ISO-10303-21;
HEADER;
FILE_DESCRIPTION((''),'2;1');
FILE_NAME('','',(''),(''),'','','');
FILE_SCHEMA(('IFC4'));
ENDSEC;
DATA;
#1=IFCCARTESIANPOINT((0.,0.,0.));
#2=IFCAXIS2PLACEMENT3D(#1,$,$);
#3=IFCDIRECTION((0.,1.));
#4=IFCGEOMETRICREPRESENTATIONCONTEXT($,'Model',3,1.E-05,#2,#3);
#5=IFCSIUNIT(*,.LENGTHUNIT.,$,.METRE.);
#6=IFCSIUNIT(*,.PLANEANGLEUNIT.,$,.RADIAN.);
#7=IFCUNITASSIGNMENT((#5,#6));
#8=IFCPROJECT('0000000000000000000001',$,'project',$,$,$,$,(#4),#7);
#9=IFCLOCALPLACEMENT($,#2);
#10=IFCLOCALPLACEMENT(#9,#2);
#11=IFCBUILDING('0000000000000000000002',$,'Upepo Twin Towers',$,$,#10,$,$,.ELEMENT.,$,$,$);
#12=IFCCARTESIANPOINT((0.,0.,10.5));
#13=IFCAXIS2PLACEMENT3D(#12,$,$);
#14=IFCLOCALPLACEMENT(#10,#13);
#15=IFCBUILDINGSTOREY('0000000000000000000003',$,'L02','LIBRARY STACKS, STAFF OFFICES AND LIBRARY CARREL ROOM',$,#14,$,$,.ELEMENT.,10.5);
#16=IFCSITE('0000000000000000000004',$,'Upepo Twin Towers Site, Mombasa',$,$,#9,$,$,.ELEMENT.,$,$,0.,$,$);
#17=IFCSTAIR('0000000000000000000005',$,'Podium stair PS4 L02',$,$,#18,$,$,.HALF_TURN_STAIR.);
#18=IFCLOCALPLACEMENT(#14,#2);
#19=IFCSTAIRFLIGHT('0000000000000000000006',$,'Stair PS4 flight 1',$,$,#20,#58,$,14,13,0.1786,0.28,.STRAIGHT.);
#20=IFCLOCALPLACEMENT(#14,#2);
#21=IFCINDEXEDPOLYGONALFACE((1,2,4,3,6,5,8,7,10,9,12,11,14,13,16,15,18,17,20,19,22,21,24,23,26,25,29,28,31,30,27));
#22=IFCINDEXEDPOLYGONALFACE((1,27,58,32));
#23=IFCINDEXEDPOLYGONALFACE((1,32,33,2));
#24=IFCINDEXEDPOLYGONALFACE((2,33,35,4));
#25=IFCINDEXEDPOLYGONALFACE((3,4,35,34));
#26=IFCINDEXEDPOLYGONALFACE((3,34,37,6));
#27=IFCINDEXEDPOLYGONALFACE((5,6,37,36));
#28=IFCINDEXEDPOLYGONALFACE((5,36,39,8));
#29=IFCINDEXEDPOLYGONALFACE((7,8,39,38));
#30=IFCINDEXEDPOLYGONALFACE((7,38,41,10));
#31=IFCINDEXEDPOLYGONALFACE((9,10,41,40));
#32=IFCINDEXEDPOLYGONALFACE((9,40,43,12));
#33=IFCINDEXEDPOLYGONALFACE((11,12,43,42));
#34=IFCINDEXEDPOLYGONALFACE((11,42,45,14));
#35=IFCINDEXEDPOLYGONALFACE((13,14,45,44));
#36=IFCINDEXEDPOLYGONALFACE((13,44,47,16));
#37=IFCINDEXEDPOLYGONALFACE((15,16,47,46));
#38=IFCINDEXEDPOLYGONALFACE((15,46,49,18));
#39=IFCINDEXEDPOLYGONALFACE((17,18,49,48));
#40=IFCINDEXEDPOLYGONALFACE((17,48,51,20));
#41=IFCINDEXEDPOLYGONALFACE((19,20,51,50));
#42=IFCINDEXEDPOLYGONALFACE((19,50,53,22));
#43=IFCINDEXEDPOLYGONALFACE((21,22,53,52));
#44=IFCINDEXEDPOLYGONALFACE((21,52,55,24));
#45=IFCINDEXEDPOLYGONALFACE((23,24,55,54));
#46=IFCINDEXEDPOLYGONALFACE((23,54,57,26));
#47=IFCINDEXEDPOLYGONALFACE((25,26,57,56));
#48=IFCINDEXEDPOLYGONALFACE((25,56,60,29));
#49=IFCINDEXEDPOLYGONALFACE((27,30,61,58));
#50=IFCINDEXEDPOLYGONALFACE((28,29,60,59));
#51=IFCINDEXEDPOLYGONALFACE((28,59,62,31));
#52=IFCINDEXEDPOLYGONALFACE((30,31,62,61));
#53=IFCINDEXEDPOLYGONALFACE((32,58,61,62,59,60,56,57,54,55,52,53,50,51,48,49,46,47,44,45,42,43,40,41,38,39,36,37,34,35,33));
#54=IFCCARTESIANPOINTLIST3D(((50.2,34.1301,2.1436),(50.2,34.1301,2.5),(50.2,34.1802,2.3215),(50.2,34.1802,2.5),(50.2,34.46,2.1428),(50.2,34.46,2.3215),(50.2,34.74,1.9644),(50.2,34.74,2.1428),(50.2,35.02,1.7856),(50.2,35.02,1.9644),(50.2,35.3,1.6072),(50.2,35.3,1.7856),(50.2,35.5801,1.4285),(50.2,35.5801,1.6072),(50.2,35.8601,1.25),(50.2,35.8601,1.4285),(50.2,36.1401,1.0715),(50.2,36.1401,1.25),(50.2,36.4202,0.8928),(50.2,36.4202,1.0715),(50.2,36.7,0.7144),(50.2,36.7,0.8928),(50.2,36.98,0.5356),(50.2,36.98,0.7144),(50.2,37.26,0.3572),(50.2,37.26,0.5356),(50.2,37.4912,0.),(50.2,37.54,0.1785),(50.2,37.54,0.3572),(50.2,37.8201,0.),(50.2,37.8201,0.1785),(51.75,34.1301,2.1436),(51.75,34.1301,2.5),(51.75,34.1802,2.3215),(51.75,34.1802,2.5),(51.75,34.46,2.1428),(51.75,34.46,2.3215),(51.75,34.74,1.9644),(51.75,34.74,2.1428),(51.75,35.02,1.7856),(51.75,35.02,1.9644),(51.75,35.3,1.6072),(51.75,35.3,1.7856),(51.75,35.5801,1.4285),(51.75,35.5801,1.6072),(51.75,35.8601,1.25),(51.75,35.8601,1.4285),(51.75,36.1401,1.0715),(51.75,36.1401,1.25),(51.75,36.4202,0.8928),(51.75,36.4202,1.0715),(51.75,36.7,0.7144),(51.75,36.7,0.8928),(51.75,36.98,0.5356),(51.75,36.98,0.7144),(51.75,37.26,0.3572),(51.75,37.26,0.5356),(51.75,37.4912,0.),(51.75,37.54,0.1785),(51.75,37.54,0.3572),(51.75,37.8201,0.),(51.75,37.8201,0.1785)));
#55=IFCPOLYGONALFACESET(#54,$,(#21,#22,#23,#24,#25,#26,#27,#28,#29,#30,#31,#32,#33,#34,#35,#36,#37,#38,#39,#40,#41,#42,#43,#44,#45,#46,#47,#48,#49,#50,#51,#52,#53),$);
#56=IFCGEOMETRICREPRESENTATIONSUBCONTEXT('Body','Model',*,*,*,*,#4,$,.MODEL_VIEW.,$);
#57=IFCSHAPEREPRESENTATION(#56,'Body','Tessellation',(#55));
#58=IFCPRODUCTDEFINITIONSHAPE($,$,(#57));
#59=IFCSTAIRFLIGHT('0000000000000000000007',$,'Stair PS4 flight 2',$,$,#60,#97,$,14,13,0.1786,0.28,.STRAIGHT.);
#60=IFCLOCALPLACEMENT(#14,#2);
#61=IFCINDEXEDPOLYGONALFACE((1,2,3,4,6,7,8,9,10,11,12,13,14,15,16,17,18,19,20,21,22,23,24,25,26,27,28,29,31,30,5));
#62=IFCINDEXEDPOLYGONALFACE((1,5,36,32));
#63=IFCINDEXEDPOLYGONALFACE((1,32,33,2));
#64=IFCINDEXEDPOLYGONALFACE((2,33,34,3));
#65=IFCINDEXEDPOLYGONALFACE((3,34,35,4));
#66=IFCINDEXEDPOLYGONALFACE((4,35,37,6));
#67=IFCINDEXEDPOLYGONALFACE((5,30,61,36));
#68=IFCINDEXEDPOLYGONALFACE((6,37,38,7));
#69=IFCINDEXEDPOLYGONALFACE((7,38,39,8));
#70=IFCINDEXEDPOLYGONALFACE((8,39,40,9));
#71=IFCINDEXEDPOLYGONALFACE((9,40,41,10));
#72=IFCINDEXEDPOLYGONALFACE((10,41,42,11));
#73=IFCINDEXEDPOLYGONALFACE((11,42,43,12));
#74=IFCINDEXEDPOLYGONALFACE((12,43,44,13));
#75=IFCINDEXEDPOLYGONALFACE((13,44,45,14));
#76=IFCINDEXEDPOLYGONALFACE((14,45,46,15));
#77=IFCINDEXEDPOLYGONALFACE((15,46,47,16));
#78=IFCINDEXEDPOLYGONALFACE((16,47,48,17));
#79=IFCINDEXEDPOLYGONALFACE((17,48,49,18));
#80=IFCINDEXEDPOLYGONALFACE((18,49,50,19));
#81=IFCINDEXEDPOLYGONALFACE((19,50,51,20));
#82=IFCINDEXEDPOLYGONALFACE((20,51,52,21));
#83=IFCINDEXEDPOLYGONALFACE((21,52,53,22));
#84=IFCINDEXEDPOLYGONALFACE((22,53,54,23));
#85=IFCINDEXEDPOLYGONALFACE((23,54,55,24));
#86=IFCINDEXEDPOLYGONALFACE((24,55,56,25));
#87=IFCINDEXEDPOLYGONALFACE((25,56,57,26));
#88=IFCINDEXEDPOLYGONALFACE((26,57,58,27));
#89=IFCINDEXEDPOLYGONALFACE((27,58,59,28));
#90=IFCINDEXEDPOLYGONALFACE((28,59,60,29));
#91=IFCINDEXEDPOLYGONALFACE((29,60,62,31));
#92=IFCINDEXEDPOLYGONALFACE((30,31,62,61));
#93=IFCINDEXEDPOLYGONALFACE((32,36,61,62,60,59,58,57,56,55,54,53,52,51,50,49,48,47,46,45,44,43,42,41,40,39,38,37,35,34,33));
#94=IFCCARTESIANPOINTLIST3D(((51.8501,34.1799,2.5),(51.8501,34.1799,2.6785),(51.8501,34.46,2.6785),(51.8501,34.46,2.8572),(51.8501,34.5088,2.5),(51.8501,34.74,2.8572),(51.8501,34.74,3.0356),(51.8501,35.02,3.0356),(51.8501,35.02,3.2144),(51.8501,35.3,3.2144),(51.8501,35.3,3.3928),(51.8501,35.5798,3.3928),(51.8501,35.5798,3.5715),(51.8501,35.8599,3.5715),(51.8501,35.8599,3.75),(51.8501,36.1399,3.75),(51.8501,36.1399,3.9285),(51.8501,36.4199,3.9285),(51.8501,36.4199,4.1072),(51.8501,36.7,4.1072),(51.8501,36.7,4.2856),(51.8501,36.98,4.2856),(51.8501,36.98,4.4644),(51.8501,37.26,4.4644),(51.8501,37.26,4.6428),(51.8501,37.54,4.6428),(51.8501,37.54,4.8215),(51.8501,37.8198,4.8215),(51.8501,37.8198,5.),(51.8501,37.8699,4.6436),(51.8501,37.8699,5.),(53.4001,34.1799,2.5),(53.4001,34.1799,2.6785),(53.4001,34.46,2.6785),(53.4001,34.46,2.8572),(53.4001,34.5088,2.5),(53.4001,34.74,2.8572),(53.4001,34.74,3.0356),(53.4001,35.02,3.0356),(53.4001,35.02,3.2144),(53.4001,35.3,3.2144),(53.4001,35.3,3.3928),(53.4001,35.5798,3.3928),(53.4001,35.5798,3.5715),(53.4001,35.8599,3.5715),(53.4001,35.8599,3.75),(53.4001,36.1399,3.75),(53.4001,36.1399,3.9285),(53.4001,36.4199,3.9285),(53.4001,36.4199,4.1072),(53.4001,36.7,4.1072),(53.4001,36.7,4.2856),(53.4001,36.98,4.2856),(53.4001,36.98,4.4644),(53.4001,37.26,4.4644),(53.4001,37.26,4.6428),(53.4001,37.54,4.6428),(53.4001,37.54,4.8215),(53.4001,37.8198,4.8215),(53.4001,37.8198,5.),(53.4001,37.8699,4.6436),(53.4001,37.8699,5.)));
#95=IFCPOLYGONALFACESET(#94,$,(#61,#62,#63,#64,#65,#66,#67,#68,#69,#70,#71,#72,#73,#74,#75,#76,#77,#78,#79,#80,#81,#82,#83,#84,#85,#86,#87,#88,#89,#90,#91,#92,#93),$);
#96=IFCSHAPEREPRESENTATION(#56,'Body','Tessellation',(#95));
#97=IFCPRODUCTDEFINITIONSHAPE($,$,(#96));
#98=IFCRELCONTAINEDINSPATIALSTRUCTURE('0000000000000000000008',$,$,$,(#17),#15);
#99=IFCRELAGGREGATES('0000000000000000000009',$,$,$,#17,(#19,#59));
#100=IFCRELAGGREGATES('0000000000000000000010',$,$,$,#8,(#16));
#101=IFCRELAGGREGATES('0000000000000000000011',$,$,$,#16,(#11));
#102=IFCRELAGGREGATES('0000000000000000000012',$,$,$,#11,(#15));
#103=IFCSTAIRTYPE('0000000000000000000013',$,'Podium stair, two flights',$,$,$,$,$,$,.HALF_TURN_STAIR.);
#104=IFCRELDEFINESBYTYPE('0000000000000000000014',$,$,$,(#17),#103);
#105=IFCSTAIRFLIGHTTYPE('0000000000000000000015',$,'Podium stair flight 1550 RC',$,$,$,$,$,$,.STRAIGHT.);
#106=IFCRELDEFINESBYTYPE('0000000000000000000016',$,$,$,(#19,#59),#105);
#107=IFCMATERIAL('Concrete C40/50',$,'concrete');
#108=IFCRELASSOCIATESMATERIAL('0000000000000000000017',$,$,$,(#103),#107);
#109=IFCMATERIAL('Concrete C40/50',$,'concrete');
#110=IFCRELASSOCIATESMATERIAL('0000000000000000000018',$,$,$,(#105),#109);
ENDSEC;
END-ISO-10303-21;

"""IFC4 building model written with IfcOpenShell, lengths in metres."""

from ifc_helpers import new_model, si_unit, direction, frame, origin, place, context, subcontext, project, spatial, polyline, outline, extrude, material, type_object, element, aggregate, save


model = new_model("IFC4")

# Units and contexts
model_context = context("Model", 3, precision=1e-05, world=origin(), true_north=direction((0.0, 1.0)))
body_context = subcontext(model_context, "Body", "Model", "MODEL_VIEW")
ifc_project = project(units=[si_unit("LENGTHUNIT", "METRE"), si_unit("PLANEANGLEUNIT", "RADIAN")], contexts=[model_context])

# Site, building, storey
site_placement = place(None, origin())
site = spatial("IfcSite", under=ifc_project, at=site_placement, Name="Upepo Twin Towers Site, Mombasa", CompositionType="ELEMENT", RefElevation=0.0)
building_placement = place(site_placement, origin())
building = spatial("IfcBuilding", under=site, at=building_placement, Name="Upepo Twin Towers", CompositionType="ELEMENT")
storey_placement = place(building_placement, frame((0.0, 0.0, 10.5)))
storey = spatial("IfcBuildingStorey", under=building, at=storey_placement, Name="L02", Description="LIBRARY STACKS, STAFF OFFICES AND LIBRARY CARREL ROOM", CompositionType="ELEMENT", Elevation=10.5)

# Stair, stair flights
ifc_material_1 = material(Name="Concrete C40/50", Category="concrete")
stair_type = type_object("IfcStairType", Name="Podium stair, two flights", PredefinedType="HALF_TURN_STAIR", material=ifc_material_1)
stair_placement = place(storey_placement, origin())
stair = element("IfcStair", 1, at=stair_placement, inside=storey, type_object=stair_type, Name="Podium stair PS4 L02", PredefinedType="HALF_TURN_STAIR")
ifc_material_2 = material(Name="Concrete C40/50", Category="concrete")
stair_flight_type = type_object("IfcStairFlightType", Name="Podium stair flight 1550 RC", PredefinedType="STRAIGHT", material=ifc_material_2)
stair_flight_1_placement = place(storey_placement, frame((50.9751, 37.8201, 0.0), z_axis=(0.0, 0.0, 1.0), x_axis=(0.0, -1.0, 0.0)))
stair_flight_1 = element("IfcStairFlight", 2, at=stair_flight_1_placement, type_object=stair_flight_type, Name="Stair PS4 flight 1", NumberOfRisers=14, NumberOfTreads=13, PredefinedType="STRAIGHT", RiserHeight=0.1786, TreadLength=0.28, context=body_context, shape_type="SweptSolid", body=[
    extrude(outline(polyline([(0.0, 0.0), (0.0, 0.1785), (0.28, 0.1785), (0.28, 0.3572), (0.5601, 0.3572), (0.5601, 0.5356), (0.8401, 0.5356), (0.8401, 0.7144), (1.1201, 0.7144), (1.1201, 0.8928), (1.3999, 0.8928), (1.3999, 1.0715), (1.6799, 1.0715), (1.6799, 1.25), (1.96, 1.25), (1.96, 1.4285), (2.24, 1.4285), (2.24, 1.6072), (2.52, 1.6072), (2.52, 1.7856), (2.8, 1.7856), (2.8, 1.9644), (3.0801, 1.9644), (3.0801, 2.1428), (3.3601, 2.1428), (3.3601, 2.3215), (3.6399, 2.3215), (3.6399, 2.5), (3.6899, 2.5), (3.6899, 2.1436), (0.3289, 0.0), (0.0, 0.0)])), frame((0.0, 0.7749, 0.0), z_axis=(0.0, -1.0, 0.0), x_axis=(1.0, 0.0, 0.0)), (0.0, 0.0, 1.0), 1.55),
])
stair_flight_2_placement = place(storey_placement, frame((52.625, 34.1799, 2.5), z_axis=(0.0, 0.0, 1.0), x_axis=(0.0, 1.0, 0.0)))
stair_flight_2 = element("IfcStairFlight", 3, at=stair_flight_2_placement, type_object=stair_flight_type, Name="Stair PS4 flight 2", NumberOfRisers=14, NumberOfTreads=13, PredefinedType="STRAIGHT", RiserHeight=0.1786, TreadLength=0.28, context=body_context, shape_type="SweptSolid", body=[
    extrude(outline(polyline([(0.0, 0.0), (0.0, 0.1785), (0.28, 0.1785), (0.28, 0.3572), (0.5601, 0.3572), (0.5601, 0.5356), (0.8401, 0.5356), (0.8401, 0.7144), (1.1201, 0.7144), (1.1201, 0.8928), (1.3999, 0.8928), (1.3999, 1.0715), (1.6799, 1.0715), (1.6799, 1.25), (1.96, 1.25), (1.96, 1.4285), (2.24, 1.4285), (2.24, 1.6072), (2.52, 1.6072), (2.52, 1.7856), (2.8, 1.7856), (2.8, 1.9644), (3.0801, 1.9644), (3.0801, 2.1428), (3.3601, 2.1428), (3.3601, 2.3215), (3.6399, 2.3215), (3.6399, 2.5), (3.6899, 2.5), (3.6899, 2.1436), (0.3289, 0.0), (0.0, 0.0)])), frame((0.0, 0.7749, 0.0), z_axis=(0.0, -1.0, 0.0), x_axis=(1.0, 0.0, 0.0)), (0.0, 0.0, 1.0), 1.55),
])
aggregate(stair, [stair_flight_1, stair_flight_2])

save(model, "model.ifc")
